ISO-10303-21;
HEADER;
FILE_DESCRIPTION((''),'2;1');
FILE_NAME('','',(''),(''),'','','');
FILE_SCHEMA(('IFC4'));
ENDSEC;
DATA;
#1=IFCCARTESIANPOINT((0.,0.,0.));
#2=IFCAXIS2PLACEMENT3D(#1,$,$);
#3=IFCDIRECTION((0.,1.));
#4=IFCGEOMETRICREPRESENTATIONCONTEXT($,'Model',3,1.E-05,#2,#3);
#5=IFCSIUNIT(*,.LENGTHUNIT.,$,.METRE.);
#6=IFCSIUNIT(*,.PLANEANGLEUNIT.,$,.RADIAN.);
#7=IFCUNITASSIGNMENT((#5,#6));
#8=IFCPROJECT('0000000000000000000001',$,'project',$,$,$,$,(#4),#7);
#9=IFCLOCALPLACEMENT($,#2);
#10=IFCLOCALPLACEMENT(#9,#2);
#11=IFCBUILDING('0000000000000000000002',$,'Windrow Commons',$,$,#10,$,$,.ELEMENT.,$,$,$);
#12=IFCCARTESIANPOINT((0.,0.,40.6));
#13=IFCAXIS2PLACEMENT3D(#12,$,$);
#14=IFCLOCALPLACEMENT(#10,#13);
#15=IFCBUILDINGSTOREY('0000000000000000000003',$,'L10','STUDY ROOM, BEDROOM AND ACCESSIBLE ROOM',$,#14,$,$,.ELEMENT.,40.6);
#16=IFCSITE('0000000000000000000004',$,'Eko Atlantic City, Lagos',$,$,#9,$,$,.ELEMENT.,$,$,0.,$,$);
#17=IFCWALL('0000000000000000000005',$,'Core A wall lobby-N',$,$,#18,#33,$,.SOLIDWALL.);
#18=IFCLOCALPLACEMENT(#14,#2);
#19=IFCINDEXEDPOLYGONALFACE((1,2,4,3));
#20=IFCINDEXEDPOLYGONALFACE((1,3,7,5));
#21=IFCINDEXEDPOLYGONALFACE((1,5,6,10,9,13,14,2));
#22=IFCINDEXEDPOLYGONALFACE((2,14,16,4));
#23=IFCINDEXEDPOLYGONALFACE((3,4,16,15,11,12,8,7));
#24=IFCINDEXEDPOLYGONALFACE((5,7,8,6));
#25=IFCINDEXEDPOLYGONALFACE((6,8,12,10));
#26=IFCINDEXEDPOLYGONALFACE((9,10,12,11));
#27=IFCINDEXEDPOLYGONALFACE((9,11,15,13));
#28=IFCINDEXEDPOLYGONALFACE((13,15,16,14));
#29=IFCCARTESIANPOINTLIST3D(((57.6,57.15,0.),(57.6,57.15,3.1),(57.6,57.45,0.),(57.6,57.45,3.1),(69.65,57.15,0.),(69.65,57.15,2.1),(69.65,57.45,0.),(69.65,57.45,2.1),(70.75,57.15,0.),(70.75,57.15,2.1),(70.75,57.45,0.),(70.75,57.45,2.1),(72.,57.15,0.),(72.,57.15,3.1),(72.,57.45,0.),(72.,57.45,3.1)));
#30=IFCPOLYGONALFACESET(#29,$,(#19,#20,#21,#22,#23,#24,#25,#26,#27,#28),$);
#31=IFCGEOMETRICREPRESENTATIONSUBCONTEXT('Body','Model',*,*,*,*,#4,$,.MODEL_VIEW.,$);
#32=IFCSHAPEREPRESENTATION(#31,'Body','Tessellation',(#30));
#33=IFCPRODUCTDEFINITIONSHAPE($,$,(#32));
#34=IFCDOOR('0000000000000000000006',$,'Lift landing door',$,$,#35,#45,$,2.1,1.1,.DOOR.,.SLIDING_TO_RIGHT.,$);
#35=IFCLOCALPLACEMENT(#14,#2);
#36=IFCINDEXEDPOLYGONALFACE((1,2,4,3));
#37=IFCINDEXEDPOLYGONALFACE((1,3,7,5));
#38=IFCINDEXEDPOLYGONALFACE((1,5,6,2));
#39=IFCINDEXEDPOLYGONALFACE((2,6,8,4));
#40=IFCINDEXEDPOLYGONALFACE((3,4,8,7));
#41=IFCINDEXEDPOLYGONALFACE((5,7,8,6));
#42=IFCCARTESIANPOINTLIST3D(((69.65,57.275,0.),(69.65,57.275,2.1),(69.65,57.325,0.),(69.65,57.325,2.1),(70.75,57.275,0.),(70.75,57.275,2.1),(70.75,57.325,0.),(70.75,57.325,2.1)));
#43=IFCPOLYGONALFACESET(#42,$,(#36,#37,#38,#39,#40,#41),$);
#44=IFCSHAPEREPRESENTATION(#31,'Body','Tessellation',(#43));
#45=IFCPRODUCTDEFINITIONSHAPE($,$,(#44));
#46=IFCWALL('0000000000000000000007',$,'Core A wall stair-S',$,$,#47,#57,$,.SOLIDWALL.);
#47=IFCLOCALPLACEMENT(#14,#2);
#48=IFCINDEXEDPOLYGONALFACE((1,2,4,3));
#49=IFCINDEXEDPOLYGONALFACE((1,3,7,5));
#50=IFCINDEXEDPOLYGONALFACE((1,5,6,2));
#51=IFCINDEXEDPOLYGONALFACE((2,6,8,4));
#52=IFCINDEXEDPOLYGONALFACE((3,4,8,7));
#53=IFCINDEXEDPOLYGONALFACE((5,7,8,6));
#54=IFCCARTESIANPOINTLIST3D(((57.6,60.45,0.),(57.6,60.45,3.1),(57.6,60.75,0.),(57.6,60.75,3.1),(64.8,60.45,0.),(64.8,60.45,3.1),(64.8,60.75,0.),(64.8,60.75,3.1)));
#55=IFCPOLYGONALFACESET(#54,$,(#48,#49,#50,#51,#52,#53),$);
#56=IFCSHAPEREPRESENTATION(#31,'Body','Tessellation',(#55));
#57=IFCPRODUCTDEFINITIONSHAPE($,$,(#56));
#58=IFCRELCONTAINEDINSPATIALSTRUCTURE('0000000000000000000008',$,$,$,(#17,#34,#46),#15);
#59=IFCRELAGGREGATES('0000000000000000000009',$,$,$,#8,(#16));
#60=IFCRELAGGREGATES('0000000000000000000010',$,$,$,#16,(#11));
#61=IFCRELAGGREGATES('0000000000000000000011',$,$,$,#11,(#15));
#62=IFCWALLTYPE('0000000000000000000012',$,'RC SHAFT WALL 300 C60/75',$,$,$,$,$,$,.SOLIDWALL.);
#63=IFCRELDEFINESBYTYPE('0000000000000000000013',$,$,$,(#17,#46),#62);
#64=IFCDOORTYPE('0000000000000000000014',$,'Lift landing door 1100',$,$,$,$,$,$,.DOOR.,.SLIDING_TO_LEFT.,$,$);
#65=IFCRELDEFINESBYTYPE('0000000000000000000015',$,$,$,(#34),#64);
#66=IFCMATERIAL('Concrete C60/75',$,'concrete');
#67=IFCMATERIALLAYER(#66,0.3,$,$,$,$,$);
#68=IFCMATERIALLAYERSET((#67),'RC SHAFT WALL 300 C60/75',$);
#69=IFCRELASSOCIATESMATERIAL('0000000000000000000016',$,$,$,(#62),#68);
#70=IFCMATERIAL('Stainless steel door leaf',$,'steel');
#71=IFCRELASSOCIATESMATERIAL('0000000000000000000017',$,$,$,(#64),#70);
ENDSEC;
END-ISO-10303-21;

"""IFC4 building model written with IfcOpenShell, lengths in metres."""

from ifc_helpers import new_model, si_unit, direction, frame, frame_2d, origin, place, context, subcontext, project, spatial, rectangle, extrude, material, layer, layer_set, type_object, element, fill, save


model = new_model("IFC4")

# Units and contexts
model_context = context("Model", 3, precision=1e-05, world=origin(), true_north=direction((0.0, 1.0)))
body_context = subcontext(model_context, "Body", "Model", "MODEL_VIEW")
ifc_project = project(units=[si_unit("LENGTHUNIT", "METRE"), si_unit("PLANEANGLEUNIT", "RADIAN")], contexts=[model_context])

# Site, building, storey
site_placement = place(None, origin())
site = spatial("IfcSite", under=ifc_project, at=site_placement, Name="Eko Atlantic City, Lagos", CompositionType="ELEMENT", RefElevation=0.0)
building_placement = place(site_placement, origin())
building = spatial("IfcBuilding", under=site, at=building_placement, Name="Windrow Commons", CompositionType="ELEMENT")
storey_placement = place(building_placement, frame((0.0, 0.0, 40.6)))
storey = spatial("IfcBuildingStorey", under=building, at=storey_placement, Name="L10", Description="STUDY ROOM, BEDROOM AND ACCESSIBLE ROOM", CompositionType="ELEMENT", Elevation=40.6)

# Shared definitions
ifc_material_1 = material(Name="Concrete C60/75", Category="concrete")
ifc_layer_1 = layer(ifc_material_1, 0.3)
ifc_layer_set_1 = layer_set([ifc_layer_1], Name="RC SHAFT WALL 300 C60/75")
wall_type_1 = type_object("IfcWallType", Name="RC SHAFT WALL 300 C60/75", PredefinedType="SOLIDWALL", material=ifc_layer_set_1)

# Shared definitions
ifc_material_2 = material(Name="Stainless steel door leaf", Category="steel")
door_type_1 = type_object("IfcDoorType", Name="Lift landing door 1100", OperationType="SLIDING_TO_LEFT", PredefinedType="DOOR", material=ifc_material_2)

# Wall, opening, door
wall_1_placement = place(storey_placement, frame((57.6, 57.3, 0.0), z_axis=(0.0, 0.0, 1.0), x_axis=(1.0, 0.0, 0.0)))
wall_1 = element("IfcWall", 1, at=wall_1_placement, inside=storey, type_object=wall_type_1, Name="Core A wall lobby-N", PredefinedType="SOLIDWALL", context=body_context, shape_type="SweptSolid", body=[
    extrude(rectangle(XDim=14.4, YDim=0.3, at=frame_2d((7.2, 0.0))), origin(), (0.0, 0.0, 1.0), 3.1),
])
opening_1_placement = place(wall_1_placement, frame((12.05, 0.0, 0.0)))
opening_1 = element("IfcOpeningElement", 2, at=opening_1_placement, cuts=wall_1, PredefinedType="OPENING", context=body_context, shape_type="SweptSolid", body=[
    extrude(rectangle(XDim=1.1, YDim=2.1, at=frame_2d((0.55, 1.05))), frame((0.0, 0.16, 0.0), z_axis=(0.0, -1.0, 0.0), x_axis=(1.0, 0.0, 0.0)), (0.0, 0.0, 1.0), 0.32),
])
door_1_placement = place(opening_1_placement, origin())
door_1 = element("IfcDoor", 3, at=door_1_placement, inside=storey, type_object=door_type_1, Name="Lift landing door", OperationType="SLIDING_TO_RIGHT", OverallHeight=2.1, OverallWidth=1.1, PredefinedType="DOOR", context=body_context, shape_type="SweptSolid", body=[
    extrude(rectangle(XDim=1.1, YDim=2.1, at=frame_2d((0.55, 1.05))), frame((0.0, 0.025, 0.0), z_axis=(0.0, -1.0, 0.0), x_axis=(1.0, 0.0, 0.0)), (0.0, 0.0, 1.0), 0.05),
])
fill(opening_1, door_1)

# Wall
wall_2_placement = place(storey_placement, frame((57.6, 60.6, 0.0), z_axis=(0.0, 0.0, 1.0), x_axis=(1.0, 0.0, 0.0)))
element("IfcWall", 4, at=wall_2_placement, inside=storey, type_object=wall_type_1, Name="Core A wall stair-S", PredefinedType="SOLIDWALL", context=body_context, shape_type="SweptSolid", body=[
    extrude(rectangle(XDim=7.2, YDim=0.3, at=frame_2d((3.6, 0.0))), origin(), (0.0, 0.0, 1.0), 3.1),
])

save(model, "model.ifc")
